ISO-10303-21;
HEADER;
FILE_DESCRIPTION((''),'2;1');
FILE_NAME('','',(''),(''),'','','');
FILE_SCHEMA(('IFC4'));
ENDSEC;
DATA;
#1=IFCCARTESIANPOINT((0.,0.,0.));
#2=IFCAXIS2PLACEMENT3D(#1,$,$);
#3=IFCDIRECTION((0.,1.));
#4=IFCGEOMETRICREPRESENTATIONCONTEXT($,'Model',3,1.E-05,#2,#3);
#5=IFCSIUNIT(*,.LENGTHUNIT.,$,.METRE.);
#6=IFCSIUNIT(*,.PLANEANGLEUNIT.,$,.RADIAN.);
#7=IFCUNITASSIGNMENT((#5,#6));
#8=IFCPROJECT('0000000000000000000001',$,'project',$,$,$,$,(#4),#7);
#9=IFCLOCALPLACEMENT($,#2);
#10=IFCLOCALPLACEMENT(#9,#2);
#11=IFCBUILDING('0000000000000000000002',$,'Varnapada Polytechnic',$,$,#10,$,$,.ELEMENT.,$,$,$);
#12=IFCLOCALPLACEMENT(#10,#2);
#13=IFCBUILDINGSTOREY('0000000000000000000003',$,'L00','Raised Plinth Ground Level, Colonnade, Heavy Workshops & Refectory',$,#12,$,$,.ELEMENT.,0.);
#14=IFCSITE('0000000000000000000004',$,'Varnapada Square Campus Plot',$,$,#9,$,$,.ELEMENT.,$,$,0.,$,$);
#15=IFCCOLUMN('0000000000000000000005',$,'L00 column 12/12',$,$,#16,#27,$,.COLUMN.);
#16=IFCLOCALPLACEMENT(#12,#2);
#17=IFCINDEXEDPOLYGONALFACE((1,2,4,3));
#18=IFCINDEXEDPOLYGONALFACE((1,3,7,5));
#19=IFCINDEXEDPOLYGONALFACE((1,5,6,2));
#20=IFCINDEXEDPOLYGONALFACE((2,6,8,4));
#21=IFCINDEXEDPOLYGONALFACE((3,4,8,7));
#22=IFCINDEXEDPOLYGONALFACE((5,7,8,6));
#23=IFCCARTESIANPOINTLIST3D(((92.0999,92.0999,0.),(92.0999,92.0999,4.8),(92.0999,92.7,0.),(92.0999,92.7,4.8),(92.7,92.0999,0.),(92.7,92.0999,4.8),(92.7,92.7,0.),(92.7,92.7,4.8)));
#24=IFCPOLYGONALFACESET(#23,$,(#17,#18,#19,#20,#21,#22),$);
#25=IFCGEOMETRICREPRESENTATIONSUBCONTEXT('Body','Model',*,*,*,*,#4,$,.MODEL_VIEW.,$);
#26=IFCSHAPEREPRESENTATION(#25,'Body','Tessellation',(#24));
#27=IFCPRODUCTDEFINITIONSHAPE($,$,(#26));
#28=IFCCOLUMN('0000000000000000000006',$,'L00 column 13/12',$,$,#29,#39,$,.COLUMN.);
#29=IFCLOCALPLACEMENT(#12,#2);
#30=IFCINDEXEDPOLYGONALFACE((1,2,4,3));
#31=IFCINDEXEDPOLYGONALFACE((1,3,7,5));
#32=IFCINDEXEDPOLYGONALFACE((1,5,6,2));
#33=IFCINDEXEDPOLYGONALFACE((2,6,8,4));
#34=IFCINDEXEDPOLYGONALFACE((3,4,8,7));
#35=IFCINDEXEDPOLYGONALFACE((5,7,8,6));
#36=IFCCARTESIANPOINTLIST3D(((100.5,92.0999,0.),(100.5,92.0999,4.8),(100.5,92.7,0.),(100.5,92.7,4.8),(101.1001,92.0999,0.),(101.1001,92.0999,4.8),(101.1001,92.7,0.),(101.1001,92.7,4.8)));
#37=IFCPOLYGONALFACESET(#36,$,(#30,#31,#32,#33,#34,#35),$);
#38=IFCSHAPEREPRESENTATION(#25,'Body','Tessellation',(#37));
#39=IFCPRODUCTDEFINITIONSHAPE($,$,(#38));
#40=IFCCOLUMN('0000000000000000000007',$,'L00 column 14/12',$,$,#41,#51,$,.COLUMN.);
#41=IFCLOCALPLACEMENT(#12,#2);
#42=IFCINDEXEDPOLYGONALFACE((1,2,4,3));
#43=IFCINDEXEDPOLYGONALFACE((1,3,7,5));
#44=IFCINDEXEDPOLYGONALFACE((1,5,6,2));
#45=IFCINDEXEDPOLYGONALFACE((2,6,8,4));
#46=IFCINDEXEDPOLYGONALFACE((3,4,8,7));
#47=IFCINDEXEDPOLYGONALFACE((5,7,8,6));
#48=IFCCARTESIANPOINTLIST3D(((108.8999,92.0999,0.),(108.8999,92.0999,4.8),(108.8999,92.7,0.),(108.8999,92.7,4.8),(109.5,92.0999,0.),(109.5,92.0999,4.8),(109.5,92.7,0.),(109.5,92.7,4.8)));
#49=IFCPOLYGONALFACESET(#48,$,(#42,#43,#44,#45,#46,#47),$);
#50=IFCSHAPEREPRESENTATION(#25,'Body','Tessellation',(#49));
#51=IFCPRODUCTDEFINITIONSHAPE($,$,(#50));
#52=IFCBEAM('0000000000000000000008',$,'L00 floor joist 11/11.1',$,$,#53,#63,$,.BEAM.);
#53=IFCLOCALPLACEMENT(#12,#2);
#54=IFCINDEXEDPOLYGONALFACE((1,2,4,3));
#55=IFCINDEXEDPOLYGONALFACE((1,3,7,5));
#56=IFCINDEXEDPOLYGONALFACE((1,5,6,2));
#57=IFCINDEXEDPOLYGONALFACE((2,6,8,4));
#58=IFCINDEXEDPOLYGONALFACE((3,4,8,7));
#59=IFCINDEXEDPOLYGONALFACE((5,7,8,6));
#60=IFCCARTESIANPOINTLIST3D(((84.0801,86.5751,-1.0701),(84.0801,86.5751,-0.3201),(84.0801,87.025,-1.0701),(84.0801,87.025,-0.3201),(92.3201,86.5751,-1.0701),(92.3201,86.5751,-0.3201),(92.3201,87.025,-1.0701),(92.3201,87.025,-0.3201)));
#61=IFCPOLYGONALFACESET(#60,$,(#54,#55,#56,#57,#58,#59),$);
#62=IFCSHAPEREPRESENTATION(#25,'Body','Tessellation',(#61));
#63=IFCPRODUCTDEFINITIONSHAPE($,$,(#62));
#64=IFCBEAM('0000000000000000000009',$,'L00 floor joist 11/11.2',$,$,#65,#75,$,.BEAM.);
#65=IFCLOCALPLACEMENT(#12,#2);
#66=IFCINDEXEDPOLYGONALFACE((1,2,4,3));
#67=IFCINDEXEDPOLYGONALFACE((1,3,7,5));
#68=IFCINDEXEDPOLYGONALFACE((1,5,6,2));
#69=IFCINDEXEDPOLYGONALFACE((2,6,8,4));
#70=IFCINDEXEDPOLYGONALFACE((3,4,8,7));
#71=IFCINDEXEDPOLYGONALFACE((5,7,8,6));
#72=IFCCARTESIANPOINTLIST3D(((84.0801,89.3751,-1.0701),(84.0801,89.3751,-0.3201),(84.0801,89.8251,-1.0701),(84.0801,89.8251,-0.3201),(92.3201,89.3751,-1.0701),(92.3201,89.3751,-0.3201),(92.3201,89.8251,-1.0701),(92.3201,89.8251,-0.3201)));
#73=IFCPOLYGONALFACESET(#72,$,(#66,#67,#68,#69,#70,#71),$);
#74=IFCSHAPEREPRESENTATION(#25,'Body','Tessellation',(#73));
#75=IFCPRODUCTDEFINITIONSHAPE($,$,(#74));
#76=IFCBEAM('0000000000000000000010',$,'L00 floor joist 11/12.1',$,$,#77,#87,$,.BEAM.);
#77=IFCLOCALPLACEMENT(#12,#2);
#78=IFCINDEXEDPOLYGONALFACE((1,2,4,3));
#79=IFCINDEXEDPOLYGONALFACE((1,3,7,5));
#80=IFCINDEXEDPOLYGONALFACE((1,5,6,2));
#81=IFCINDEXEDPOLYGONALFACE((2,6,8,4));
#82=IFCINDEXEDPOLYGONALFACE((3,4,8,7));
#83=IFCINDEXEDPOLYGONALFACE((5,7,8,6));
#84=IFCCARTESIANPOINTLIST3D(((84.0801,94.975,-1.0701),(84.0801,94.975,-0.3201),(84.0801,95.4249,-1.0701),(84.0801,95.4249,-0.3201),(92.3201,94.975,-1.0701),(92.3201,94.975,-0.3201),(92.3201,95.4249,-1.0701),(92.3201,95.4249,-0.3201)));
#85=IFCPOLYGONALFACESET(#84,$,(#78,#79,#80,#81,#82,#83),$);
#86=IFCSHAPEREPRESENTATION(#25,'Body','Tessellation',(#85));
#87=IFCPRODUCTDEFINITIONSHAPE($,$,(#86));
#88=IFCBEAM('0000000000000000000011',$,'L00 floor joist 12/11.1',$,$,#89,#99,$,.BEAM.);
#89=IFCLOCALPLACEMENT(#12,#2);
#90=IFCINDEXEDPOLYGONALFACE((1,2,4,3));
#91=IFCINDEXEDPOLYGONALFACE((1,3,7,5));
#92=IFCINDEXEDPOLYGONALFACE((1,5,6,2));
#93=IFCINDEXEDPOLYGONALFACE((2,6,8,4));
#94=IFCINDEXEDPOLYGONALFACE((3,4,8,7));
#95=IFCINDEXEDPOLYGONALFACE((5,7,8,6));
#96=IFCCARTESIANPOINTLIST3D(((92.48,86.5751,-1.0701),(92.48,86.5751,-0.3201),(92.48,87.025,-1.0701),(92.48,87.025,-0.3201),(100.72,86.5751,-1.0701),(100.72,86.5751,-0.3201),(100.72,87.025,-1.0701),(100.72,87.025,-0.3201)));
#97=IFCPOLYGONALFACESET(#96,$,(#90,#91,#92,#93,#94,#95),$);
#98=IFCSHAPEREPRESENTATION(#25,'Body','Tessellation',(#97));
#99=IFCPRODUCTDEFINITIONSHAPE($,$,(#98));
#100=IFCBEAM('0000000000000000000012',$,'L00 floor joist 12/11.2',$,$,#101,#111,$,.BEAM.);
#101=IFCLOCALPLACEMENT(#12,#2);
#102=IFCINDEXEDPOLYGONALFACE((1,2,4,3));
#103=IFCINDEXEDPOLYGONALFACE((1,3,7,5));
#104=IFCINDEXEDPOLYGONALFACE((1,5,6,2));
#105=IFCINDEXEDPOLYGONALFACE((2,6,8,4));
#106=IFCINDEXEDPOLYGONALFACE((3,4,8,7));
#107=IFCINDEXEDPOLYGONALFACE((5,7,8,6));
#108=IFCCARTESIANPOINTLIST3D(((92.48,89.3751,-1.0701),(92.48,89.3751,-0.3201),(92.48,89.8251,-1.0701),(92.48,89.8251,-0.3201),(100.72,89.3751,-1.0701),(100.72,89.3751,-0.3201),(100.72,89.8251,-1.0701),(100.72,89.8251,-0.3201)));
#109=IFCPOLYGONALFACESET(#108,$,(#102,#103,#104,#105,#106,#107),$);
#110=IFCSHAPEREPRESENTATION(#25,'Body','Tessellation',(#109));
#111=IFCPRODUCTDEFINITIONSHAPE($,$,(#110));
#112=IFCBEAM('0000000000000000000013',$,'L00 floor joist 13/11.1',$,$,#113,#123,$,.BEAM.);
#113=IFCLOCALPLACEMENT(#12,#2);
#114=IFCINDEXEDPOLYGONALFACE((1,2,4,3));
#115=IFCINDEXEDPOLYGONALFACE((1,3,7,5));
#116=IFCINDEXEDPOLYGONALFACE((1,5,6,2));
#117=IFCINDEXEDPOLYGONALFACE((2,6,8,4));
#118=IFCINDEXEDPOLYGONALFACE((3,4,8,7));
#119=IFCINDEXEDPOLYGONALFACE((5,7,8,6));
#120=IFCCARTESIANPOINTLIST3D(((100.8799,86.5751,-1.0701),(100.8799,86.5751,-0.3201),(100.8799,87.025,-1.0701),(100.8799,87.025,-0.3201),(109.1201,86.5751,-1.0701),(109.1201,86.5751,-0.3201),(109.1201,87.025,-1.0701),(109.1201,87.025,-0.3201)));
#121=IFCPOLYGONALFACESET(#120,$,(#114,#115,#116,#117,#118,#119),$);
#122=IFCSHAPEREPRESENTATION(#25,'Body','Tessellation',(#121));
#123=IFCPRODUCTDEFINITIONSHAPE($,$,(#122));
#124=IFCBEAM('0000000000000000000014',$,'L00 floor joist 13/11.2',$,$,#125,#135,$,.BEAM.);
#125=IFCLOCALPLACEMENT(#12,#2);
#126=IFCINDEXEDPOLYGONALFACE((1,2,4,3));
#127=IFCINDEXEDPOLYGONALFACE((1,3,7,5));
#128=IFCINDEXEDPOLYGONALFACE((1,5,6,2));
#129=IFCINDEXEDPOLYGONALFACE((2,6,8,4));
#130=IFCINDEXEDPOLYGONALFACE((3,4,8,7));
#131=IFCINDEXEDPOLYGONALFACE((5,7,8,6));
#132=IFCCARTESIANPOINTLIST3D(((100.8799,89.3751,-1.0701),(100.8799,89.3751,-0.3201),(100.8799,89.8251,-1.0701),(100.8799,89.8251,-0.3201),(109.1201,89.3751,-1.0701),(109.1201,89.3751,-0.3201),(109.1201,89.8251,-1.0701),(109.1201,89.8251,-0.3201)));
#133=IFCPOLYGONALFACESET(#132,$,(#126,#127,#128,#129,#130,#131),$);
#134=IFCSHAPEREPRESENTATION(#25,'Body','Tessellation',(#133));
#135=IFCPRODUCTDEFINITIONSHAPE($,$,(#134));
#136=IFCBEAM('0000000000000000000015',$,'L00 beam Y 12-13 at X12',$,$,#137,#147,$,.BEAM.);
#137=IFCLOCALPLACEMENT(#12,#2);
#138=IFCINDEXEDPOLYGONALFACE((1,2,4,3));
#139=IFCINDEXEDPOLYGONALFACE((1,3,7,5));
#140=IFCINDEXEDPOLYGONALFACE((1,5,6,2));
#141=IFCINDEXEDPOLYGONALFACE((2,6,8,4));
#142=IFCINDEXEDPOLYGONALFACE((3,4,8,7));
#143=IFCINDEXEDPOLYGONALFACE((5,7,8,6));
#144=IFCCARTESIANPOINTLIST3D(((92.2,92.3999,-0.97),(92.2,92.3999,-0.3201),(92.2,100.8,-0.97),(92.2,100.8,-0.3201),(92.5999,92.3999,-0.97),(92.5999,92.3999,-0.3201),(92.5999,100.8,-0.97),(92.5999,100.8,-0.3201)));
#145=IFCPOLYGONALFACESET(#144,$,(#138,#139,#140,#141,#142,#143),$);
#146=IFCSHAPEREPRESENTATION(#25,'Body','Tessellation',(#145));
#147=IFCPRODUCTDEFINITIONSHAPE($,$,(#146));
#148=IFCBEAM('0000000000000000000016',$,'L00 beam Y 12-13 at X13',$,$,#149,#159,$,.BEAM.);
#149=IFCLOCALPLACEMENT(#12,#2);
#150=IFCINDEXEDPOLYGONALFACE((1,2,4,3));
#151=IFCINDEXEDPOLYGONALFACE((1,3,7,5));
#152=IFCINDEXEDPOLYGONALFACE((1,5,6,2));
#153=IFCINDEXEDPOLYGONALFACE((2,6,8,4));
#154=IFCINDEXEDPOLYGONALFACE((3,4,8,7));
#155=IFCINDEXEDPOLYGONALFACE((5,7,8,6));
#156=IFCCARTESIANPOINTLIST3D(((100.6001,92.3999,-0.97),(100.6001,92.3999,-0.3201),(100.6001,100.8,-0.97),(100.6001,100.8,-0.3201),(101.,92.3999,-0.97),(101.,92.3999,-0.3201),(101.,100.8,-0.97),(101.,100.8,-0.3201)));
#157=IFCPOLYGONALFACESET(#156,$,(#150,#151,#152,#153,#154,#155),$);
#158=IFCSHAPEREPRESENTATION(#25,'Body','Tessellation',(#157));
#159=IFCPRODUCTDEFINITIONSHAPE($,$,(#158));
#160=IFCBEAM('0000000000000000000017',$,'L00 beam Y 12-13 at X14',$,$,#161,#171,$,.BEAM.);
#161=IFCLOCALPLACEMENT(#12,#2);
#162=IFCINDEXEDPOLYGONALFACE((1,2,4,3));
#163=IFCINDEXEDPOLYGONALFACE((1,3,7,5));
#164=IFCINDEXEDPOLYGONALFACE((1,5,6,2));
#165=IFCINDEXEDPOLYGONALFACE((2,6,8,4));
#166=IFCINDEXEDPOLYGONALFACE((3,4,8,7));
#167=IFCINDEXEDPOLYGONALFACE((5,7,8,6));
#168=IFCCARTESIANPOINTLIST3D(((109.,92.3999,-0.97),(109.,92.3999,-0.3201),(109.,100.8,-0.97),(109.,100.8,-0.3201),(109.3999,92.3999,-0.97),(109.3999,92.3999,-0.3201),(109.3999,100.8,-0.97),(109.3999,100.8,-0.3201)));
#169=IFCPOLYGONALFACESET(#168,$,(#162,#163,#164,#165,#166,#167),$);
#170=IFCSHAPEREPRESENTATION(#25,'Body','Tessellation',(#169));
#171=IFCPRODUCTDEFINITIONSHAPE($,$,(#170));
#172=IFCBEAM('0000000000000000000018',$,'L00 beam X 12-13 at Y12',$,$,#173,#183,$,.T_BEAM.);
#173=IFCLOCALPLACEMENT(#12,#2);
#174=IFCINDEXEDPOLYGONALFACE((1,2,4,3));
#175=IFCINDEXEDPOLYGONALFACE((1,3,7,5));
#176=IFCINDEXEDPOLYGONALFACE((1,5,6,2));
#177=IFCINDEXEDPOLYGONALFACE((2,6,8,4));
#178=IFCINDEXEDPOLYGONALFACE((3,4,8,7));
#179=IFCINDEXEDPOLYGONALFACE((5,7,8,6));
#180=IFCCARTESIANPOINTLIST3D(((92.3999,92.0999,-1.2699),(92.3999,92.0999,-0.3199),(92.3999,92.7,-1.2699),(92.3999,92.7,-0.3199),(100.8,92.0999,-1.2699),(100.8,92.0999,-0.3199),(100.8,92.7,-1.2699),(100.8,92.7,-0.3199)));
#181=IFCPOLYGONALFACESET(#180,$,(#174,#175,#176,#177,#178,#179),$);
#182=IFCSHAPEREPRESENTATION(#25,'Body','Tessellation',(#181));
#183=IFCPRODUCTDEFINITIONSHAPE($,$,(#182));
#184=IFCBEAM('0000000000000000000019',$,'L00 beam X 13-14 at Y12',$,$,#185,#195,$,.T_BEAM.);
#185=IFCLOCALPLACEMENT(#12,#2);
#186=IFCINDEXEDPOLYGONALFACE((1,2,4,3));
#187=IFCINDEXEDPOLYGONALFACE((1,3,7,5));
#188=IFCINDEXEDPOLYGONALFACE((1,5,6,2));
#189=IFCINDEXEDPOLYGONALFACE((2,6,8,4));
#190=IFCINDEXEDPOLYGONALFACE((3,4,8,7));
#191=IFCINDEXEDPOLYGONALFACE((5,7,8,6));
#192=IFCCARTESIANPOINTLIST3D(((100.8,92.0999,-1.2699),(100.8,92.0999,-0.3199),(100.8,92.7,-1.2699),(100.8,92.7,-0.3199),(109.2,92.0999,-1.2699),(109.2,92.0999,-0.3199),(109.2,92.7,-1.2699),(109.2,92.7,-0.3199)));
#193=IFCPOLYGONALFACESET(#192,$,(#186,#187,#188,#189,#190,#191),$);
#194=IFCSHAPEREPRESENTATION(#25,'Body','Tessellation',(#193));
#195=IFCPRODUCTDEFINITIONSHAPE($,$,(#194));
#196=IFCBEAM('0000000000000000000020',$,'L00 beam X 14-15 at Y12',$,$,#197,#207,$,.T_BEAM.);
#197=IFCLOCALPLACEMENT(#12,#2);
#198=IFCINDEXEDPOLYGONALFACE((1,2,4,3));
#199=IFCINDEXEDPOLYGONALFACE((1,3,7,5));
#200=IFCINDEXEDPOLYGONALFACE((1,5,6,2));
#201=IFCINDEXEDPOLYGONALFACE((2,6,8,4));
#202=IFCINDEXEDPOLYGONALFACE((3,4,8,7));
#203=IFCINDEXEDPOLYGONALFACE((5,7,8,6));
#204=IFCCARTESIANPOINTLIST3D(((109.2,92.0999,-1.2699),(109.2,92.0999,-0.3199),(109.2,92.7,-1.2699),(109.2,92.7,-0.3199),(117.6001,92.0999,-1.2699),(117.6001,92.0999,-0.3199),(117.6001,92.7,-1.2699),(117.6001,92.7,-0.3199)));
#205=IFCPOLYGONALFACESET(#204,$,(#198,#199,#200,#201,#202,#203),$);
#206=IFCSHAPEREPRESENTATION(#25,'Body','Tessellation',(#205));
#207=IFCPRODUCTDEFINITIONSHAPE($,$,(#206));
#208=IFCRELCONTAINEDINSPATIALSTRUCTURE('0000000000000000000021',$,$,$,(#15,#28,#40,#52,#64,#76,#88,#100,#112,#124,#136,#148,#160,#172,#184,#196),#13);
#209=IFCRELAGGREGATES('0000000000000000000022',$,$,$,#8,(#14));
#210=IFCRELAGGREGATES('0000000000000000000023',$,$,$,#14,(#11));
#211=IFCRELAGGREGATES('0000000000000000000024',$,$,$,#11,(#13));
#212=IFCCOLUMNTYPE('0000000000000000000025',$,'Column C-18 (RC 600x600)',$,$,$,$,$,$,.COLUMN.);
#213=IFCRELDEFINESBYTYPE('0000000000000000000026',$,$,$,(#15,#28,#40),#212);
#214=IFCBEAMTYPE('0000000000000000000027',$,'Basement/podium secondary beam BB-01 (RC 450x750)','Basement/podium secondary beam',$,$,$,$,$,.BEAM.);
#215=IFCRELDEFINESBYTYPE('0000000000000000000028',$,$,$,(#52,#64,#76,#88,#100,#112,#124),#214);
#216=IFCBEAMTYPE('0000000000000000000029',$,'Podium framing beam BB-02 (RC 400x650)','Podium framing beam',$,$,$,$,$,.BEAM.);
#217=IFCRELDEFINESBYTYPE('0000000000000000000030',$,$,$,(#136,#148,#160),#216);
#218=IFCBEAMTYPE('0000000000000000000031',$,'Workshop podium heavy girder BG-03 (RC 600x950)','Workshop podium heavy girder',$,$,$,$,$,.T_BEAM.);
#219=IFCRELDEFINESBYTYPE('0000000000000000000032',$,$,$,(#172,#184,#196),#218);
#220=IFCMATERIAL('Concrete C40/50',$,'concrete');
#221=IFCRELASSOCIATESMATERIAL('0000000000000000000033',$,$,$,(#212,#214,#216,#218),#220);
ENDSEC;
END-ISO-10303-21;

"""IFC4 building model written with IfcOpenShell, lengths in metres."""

from ifc_helpers import new_model, si_unit, direction, frame, origin, origin_2d, place, context, subcontext, project, spatial, rectangle, extrude, material, material_profile, profile_set, type_object, element, save


model = new_model("IFC4")

# Units and contexts
model_context = context("Model", 3, precision=1e-05, world=origin(), true_north=direction((0.0, 1.0)))
body_context = subcontext(model_context, "Body", "Model", "MODEL_VIEW")
ifc_project = project(units=[si_unit("LENGTHUNIT", "METRE"), si_unit("PLANEANGLEUNIT", "RADIAN")], contexts=[model_context])

# Site, building, storey
site_placement = place(None, origin())
site = spatial("IfcSite", under=ifc_project, at=site_placement, Name="Varnapada Square Campus Plot", CompositionType="ELEMENT", RefElevation=0.0)
building_placement = place(site_placement, origin())
building = spatial("IfcBuilding", under=site, at=building_placement, Name="Varnapada Polytechnic", CompositionType="ELEMENT")
storey_placement = place(building_placement, origin())
storey = spatial("IfcBuildingStorey", under=building, at=storey_placement, Name="L00", Description="Raised Plinth Ground Level, Colonnade, Heavy Workshops & Refectory", CompositionType="ELEMENT", Elevation=0.0)

# Columns
ifc_material_1 = material(Name="Concrete C40/50", Category="concrete")
ifc_material_profile_1 = material_profile(ifc_material_1, rectangle(XDim=0.6001, YDim=0.6001, at=origin_2d()), Name="RC 600x600")
ifc_profile_set_1 = profile_set([ifc_material_profile_1], Name="Concrete C40/50")
column_type = type_object("IfcColumnType", Name="Column C-18 (RC 600x600)", PredefinedType="COLUMN", material=ifc_profile_set_1)
for number, where, z_axis, x_axis, name in (
    (1, (92.3999, 92.3999, 0.0), (0.0, 0.0, 1.0), (1.0, 0.0, 0.0), "L00 column 12/12"),
    (2, (100.8, 92.3999, 0.0), (0.0, 0.0, 1.0), (1.0, 0.0, 0.0), "L00 column 13/12"),
    (3, (109.2, 92.3999, 0.0), (0.0, 0.0, 1.0), (1.0, 0.0, 0.0), "L00 column 14/12"),
):
    element("IfcColumn", number, at=place(storey_placement, frame(where, z_axis=z_axis, x_axis=x_axis)), inside=storey, type_object=column_type, Name=name, PredefinedType="COLUMN", context=body_context, shape_type="SweptSolid", body=[
        extrude(rectangle(XDim=0.6001, YDim=0.6001, at=origin_2d()), origin(), (0.0, 0.0, 1.0), 4.8),
    ])

# Beams
ifc_material_profile_2 = material_profile(ifc_material_1, rectangle(XDim=0.45, YDim=0.75, at=origin_2d()), Name="RC 450x750")
ifc_profile_set_2 = profile_set([ifc_material_profile_2], Name="Concrete C40/50")
beam_type_1 = type_object("IfcBeamType", Name="Basement/podium secondary beam BB-01 (RC 450x750)", Description="Basement/podium secondary beam", PredefinedType="BEAM", material=ifc_profile_set_2)
for number, where, z_axis, x_axis, name in (
    (4, (84.0801, 86.8, -0.6951), (1.0, 0.0, 0.0), (0.0, 1.0, 0.0), "L00 floor joist 11/11.1"),
    (5, (84.0801, 89.6001, -0.6951), (1.0, 0.0, 0.0), (0.0, 1.0, 0.0), "L00 floor joist 11/11.2"),
    (6, (84.0801, 95.2, -0.6951), (1.0, 0.0, 0.0), (0.0, 1.0, 0.0), "L00 floor joist 11/12.1"),
    (7, (92.48, 86.8, -0.6951), (1.0, 0.0, 0.0), (0.0, 1.0, 0.0), "L00 floor joist 12/11.1"),
    (8, (92.48, 89.6001, -0.6951), (1.0, 0.0, 0.0), (0.0, 1.0, 0.0), "L00 floor joist 12/11.2"),
):
    element("IfcBeam", number, at=place(storey_placement, frame(where, z_axis=z_axis, x_axis=x_axis)), inside=storey, type_object=beam_type_1, Name=name, PredefinedType="BEAM", context=body_context, shape_type="SweptSolid", body=[
        extrude(rectangle(XDim=0.45, YDim=0.75, at=origin_2d()), origin(), (0.0, 0.0, 1.0), 8.24),
    ])
for number, where, z_axis, x_axis, name in (
    (9, (100.8799, 86.8, -0.6951), (1.0, 0.0, 0.0), (0.0, 1.0, 0.0), "L00 floor joist 13/11.1"),
    (10, (100.8799, 89.6001, -0.6951), (1.0, 0.0, 0.0), (0.0, 1.0, 0.0), "L00 floor joist 13/11.2"),
):
    element("IfcBeam", number, at=place(storey_placement, frame(where, z_axis=z_axis, x_axis=x_axis)), inside=storey, type_object=beam_type_1, Name=name, PredefinedType="BEAM", context=body_context, shape_type="SweptSolid", body=[
        extrude(rectangle(XDim=0.45, YDim=0.75, at=origin_2d()), origin(), (0.0, 0.0, 1.0), 8.2402),
    ])
ifc_material_profile_3 = material_profile(ifc_material_1, rectangle(XDim=0.3999, YDim=0.6499, at=origin_2d()), Name="RC 400x650")
ifc_profile_set_3 = profile_set([ifc_material_profile_3], Name="Concrete C40/50")
beam_type_2 = type_object("IfcBeamType", Name="Podium framing beam BB-02 (RC 400x650)", Description="Podium framing beam", PredefinedType="BEAM", material=ifc_profile_set_3)
for number, where, z_axis, x_axis, name in (
    (11, (92.3999, 92.3999, -0.645), (0.0, 1.0, 0.0), (-1.0, 0.0, 0.0), "L00 beam Y 12-13 at X12"),
    (12, (100.8, 92.3999, -0.645), (0.0, 1.0, 0.0), (-1.0, 0.0, 0.0), "L00 beam Y 12-13 at X13"),
    (13, (109.2, 92.3999, -0.645), (0.0, 1.0, 0.0), (-1.0, 0.0, 0.0), "L00 beam Y 12-13 at X14"),
):
    element("IfcBeam", number, at=place(storey_placement, frame(where, z_axis=z_axis, x_axis=x_axis)), inside=storey, type_object=beam_type_2, Name=name, PredefinedType="BEAM", context=body_context, shape_type="SweptSolid", body=[
        extrude(rectangle(XDim=0.3999, YDim=0.6499, at=origin_2d()), origin(), (0.0, 0.0, 1.0), 8.4001),
    ])
ifc_material_profile_4 = material_profile(ifc_material_1, rectangle(XDim=0.6001, YDim=0.95, at=origin_2d()), Name="RC 600x950")
ifc_profile_set_4 = profile_set([ifc_material_profile_4], Name="Concrete C40/50")
beam_type_3 = type_object("IfcBeamType", Name="Workshop podium heavy girder BG-03 (RC 600x950)", Description="Workshop podium heavy girder", PredefinedType="T_BEAM", material=ifc_profile_set_4)
beam_1_placement = place(storey_placement, frame((92.3999, 92.3999, -0.7949), z_axis=(1.0, 0.0, 0.0), x_axis=(0.0, 1.0, 0.0)))
element("IfcBeam", 14, at=beam_1_placement, inside=storey, type_object=beam_type_3, Name="L00 beam X 12-13 at Y12", PredefinedType="T_BEAM", context=body_context, shape_type="SweptSolid", body=[
    extrude(rectangle(XDim=0.6001, YDim=0.95, at=origin_2d()), origin(), (0.0, 0.0, 1.0), 8.4001),
])
beam_2_placement = place(storey_placement, frame((100.8, 92.3999, -0.7949), z_axis=(1.0, 0.0, 0.0), x_axis=(0.0, 1.0, 0.0)))
element("IfcBeam", 15, at=beam_2_placement, inside=storey, type_object=beam_type_3, Name="L00 beam X 13-14 at Y12", PredefinedType="T_BEAM", context=body_context, shape_type="SweptSolid", body=[
    extrude(rectangle(XDim=0.6001, YDim=0.95, at=origin_2d()), origin(), (0.0, 0.0, 1.0), 8.3999),
])
beam_3_placement = place(storey_placement, frame((109.2, 92.3999, -0.7949), z_axis=(1.0, 0.0, 0.0), x_axis=(0.0, 1.0, 0.0)))
element("IfcBeam", 16, at=beam_3_placement, inside=storey, type_object=beam_type_3, Name="L00 beam X 14-15 at Y12", PredefinedType="T_BEAM", context=body_context, shape_type="SweptSolid", body=[
    extrude(rectangle(XDim=0.6001, YDim=0.95, at=origin_2d()), origin(), (0.0, 0.0, 1.0), 8.4001),
])

save(model, "model.ifc")
